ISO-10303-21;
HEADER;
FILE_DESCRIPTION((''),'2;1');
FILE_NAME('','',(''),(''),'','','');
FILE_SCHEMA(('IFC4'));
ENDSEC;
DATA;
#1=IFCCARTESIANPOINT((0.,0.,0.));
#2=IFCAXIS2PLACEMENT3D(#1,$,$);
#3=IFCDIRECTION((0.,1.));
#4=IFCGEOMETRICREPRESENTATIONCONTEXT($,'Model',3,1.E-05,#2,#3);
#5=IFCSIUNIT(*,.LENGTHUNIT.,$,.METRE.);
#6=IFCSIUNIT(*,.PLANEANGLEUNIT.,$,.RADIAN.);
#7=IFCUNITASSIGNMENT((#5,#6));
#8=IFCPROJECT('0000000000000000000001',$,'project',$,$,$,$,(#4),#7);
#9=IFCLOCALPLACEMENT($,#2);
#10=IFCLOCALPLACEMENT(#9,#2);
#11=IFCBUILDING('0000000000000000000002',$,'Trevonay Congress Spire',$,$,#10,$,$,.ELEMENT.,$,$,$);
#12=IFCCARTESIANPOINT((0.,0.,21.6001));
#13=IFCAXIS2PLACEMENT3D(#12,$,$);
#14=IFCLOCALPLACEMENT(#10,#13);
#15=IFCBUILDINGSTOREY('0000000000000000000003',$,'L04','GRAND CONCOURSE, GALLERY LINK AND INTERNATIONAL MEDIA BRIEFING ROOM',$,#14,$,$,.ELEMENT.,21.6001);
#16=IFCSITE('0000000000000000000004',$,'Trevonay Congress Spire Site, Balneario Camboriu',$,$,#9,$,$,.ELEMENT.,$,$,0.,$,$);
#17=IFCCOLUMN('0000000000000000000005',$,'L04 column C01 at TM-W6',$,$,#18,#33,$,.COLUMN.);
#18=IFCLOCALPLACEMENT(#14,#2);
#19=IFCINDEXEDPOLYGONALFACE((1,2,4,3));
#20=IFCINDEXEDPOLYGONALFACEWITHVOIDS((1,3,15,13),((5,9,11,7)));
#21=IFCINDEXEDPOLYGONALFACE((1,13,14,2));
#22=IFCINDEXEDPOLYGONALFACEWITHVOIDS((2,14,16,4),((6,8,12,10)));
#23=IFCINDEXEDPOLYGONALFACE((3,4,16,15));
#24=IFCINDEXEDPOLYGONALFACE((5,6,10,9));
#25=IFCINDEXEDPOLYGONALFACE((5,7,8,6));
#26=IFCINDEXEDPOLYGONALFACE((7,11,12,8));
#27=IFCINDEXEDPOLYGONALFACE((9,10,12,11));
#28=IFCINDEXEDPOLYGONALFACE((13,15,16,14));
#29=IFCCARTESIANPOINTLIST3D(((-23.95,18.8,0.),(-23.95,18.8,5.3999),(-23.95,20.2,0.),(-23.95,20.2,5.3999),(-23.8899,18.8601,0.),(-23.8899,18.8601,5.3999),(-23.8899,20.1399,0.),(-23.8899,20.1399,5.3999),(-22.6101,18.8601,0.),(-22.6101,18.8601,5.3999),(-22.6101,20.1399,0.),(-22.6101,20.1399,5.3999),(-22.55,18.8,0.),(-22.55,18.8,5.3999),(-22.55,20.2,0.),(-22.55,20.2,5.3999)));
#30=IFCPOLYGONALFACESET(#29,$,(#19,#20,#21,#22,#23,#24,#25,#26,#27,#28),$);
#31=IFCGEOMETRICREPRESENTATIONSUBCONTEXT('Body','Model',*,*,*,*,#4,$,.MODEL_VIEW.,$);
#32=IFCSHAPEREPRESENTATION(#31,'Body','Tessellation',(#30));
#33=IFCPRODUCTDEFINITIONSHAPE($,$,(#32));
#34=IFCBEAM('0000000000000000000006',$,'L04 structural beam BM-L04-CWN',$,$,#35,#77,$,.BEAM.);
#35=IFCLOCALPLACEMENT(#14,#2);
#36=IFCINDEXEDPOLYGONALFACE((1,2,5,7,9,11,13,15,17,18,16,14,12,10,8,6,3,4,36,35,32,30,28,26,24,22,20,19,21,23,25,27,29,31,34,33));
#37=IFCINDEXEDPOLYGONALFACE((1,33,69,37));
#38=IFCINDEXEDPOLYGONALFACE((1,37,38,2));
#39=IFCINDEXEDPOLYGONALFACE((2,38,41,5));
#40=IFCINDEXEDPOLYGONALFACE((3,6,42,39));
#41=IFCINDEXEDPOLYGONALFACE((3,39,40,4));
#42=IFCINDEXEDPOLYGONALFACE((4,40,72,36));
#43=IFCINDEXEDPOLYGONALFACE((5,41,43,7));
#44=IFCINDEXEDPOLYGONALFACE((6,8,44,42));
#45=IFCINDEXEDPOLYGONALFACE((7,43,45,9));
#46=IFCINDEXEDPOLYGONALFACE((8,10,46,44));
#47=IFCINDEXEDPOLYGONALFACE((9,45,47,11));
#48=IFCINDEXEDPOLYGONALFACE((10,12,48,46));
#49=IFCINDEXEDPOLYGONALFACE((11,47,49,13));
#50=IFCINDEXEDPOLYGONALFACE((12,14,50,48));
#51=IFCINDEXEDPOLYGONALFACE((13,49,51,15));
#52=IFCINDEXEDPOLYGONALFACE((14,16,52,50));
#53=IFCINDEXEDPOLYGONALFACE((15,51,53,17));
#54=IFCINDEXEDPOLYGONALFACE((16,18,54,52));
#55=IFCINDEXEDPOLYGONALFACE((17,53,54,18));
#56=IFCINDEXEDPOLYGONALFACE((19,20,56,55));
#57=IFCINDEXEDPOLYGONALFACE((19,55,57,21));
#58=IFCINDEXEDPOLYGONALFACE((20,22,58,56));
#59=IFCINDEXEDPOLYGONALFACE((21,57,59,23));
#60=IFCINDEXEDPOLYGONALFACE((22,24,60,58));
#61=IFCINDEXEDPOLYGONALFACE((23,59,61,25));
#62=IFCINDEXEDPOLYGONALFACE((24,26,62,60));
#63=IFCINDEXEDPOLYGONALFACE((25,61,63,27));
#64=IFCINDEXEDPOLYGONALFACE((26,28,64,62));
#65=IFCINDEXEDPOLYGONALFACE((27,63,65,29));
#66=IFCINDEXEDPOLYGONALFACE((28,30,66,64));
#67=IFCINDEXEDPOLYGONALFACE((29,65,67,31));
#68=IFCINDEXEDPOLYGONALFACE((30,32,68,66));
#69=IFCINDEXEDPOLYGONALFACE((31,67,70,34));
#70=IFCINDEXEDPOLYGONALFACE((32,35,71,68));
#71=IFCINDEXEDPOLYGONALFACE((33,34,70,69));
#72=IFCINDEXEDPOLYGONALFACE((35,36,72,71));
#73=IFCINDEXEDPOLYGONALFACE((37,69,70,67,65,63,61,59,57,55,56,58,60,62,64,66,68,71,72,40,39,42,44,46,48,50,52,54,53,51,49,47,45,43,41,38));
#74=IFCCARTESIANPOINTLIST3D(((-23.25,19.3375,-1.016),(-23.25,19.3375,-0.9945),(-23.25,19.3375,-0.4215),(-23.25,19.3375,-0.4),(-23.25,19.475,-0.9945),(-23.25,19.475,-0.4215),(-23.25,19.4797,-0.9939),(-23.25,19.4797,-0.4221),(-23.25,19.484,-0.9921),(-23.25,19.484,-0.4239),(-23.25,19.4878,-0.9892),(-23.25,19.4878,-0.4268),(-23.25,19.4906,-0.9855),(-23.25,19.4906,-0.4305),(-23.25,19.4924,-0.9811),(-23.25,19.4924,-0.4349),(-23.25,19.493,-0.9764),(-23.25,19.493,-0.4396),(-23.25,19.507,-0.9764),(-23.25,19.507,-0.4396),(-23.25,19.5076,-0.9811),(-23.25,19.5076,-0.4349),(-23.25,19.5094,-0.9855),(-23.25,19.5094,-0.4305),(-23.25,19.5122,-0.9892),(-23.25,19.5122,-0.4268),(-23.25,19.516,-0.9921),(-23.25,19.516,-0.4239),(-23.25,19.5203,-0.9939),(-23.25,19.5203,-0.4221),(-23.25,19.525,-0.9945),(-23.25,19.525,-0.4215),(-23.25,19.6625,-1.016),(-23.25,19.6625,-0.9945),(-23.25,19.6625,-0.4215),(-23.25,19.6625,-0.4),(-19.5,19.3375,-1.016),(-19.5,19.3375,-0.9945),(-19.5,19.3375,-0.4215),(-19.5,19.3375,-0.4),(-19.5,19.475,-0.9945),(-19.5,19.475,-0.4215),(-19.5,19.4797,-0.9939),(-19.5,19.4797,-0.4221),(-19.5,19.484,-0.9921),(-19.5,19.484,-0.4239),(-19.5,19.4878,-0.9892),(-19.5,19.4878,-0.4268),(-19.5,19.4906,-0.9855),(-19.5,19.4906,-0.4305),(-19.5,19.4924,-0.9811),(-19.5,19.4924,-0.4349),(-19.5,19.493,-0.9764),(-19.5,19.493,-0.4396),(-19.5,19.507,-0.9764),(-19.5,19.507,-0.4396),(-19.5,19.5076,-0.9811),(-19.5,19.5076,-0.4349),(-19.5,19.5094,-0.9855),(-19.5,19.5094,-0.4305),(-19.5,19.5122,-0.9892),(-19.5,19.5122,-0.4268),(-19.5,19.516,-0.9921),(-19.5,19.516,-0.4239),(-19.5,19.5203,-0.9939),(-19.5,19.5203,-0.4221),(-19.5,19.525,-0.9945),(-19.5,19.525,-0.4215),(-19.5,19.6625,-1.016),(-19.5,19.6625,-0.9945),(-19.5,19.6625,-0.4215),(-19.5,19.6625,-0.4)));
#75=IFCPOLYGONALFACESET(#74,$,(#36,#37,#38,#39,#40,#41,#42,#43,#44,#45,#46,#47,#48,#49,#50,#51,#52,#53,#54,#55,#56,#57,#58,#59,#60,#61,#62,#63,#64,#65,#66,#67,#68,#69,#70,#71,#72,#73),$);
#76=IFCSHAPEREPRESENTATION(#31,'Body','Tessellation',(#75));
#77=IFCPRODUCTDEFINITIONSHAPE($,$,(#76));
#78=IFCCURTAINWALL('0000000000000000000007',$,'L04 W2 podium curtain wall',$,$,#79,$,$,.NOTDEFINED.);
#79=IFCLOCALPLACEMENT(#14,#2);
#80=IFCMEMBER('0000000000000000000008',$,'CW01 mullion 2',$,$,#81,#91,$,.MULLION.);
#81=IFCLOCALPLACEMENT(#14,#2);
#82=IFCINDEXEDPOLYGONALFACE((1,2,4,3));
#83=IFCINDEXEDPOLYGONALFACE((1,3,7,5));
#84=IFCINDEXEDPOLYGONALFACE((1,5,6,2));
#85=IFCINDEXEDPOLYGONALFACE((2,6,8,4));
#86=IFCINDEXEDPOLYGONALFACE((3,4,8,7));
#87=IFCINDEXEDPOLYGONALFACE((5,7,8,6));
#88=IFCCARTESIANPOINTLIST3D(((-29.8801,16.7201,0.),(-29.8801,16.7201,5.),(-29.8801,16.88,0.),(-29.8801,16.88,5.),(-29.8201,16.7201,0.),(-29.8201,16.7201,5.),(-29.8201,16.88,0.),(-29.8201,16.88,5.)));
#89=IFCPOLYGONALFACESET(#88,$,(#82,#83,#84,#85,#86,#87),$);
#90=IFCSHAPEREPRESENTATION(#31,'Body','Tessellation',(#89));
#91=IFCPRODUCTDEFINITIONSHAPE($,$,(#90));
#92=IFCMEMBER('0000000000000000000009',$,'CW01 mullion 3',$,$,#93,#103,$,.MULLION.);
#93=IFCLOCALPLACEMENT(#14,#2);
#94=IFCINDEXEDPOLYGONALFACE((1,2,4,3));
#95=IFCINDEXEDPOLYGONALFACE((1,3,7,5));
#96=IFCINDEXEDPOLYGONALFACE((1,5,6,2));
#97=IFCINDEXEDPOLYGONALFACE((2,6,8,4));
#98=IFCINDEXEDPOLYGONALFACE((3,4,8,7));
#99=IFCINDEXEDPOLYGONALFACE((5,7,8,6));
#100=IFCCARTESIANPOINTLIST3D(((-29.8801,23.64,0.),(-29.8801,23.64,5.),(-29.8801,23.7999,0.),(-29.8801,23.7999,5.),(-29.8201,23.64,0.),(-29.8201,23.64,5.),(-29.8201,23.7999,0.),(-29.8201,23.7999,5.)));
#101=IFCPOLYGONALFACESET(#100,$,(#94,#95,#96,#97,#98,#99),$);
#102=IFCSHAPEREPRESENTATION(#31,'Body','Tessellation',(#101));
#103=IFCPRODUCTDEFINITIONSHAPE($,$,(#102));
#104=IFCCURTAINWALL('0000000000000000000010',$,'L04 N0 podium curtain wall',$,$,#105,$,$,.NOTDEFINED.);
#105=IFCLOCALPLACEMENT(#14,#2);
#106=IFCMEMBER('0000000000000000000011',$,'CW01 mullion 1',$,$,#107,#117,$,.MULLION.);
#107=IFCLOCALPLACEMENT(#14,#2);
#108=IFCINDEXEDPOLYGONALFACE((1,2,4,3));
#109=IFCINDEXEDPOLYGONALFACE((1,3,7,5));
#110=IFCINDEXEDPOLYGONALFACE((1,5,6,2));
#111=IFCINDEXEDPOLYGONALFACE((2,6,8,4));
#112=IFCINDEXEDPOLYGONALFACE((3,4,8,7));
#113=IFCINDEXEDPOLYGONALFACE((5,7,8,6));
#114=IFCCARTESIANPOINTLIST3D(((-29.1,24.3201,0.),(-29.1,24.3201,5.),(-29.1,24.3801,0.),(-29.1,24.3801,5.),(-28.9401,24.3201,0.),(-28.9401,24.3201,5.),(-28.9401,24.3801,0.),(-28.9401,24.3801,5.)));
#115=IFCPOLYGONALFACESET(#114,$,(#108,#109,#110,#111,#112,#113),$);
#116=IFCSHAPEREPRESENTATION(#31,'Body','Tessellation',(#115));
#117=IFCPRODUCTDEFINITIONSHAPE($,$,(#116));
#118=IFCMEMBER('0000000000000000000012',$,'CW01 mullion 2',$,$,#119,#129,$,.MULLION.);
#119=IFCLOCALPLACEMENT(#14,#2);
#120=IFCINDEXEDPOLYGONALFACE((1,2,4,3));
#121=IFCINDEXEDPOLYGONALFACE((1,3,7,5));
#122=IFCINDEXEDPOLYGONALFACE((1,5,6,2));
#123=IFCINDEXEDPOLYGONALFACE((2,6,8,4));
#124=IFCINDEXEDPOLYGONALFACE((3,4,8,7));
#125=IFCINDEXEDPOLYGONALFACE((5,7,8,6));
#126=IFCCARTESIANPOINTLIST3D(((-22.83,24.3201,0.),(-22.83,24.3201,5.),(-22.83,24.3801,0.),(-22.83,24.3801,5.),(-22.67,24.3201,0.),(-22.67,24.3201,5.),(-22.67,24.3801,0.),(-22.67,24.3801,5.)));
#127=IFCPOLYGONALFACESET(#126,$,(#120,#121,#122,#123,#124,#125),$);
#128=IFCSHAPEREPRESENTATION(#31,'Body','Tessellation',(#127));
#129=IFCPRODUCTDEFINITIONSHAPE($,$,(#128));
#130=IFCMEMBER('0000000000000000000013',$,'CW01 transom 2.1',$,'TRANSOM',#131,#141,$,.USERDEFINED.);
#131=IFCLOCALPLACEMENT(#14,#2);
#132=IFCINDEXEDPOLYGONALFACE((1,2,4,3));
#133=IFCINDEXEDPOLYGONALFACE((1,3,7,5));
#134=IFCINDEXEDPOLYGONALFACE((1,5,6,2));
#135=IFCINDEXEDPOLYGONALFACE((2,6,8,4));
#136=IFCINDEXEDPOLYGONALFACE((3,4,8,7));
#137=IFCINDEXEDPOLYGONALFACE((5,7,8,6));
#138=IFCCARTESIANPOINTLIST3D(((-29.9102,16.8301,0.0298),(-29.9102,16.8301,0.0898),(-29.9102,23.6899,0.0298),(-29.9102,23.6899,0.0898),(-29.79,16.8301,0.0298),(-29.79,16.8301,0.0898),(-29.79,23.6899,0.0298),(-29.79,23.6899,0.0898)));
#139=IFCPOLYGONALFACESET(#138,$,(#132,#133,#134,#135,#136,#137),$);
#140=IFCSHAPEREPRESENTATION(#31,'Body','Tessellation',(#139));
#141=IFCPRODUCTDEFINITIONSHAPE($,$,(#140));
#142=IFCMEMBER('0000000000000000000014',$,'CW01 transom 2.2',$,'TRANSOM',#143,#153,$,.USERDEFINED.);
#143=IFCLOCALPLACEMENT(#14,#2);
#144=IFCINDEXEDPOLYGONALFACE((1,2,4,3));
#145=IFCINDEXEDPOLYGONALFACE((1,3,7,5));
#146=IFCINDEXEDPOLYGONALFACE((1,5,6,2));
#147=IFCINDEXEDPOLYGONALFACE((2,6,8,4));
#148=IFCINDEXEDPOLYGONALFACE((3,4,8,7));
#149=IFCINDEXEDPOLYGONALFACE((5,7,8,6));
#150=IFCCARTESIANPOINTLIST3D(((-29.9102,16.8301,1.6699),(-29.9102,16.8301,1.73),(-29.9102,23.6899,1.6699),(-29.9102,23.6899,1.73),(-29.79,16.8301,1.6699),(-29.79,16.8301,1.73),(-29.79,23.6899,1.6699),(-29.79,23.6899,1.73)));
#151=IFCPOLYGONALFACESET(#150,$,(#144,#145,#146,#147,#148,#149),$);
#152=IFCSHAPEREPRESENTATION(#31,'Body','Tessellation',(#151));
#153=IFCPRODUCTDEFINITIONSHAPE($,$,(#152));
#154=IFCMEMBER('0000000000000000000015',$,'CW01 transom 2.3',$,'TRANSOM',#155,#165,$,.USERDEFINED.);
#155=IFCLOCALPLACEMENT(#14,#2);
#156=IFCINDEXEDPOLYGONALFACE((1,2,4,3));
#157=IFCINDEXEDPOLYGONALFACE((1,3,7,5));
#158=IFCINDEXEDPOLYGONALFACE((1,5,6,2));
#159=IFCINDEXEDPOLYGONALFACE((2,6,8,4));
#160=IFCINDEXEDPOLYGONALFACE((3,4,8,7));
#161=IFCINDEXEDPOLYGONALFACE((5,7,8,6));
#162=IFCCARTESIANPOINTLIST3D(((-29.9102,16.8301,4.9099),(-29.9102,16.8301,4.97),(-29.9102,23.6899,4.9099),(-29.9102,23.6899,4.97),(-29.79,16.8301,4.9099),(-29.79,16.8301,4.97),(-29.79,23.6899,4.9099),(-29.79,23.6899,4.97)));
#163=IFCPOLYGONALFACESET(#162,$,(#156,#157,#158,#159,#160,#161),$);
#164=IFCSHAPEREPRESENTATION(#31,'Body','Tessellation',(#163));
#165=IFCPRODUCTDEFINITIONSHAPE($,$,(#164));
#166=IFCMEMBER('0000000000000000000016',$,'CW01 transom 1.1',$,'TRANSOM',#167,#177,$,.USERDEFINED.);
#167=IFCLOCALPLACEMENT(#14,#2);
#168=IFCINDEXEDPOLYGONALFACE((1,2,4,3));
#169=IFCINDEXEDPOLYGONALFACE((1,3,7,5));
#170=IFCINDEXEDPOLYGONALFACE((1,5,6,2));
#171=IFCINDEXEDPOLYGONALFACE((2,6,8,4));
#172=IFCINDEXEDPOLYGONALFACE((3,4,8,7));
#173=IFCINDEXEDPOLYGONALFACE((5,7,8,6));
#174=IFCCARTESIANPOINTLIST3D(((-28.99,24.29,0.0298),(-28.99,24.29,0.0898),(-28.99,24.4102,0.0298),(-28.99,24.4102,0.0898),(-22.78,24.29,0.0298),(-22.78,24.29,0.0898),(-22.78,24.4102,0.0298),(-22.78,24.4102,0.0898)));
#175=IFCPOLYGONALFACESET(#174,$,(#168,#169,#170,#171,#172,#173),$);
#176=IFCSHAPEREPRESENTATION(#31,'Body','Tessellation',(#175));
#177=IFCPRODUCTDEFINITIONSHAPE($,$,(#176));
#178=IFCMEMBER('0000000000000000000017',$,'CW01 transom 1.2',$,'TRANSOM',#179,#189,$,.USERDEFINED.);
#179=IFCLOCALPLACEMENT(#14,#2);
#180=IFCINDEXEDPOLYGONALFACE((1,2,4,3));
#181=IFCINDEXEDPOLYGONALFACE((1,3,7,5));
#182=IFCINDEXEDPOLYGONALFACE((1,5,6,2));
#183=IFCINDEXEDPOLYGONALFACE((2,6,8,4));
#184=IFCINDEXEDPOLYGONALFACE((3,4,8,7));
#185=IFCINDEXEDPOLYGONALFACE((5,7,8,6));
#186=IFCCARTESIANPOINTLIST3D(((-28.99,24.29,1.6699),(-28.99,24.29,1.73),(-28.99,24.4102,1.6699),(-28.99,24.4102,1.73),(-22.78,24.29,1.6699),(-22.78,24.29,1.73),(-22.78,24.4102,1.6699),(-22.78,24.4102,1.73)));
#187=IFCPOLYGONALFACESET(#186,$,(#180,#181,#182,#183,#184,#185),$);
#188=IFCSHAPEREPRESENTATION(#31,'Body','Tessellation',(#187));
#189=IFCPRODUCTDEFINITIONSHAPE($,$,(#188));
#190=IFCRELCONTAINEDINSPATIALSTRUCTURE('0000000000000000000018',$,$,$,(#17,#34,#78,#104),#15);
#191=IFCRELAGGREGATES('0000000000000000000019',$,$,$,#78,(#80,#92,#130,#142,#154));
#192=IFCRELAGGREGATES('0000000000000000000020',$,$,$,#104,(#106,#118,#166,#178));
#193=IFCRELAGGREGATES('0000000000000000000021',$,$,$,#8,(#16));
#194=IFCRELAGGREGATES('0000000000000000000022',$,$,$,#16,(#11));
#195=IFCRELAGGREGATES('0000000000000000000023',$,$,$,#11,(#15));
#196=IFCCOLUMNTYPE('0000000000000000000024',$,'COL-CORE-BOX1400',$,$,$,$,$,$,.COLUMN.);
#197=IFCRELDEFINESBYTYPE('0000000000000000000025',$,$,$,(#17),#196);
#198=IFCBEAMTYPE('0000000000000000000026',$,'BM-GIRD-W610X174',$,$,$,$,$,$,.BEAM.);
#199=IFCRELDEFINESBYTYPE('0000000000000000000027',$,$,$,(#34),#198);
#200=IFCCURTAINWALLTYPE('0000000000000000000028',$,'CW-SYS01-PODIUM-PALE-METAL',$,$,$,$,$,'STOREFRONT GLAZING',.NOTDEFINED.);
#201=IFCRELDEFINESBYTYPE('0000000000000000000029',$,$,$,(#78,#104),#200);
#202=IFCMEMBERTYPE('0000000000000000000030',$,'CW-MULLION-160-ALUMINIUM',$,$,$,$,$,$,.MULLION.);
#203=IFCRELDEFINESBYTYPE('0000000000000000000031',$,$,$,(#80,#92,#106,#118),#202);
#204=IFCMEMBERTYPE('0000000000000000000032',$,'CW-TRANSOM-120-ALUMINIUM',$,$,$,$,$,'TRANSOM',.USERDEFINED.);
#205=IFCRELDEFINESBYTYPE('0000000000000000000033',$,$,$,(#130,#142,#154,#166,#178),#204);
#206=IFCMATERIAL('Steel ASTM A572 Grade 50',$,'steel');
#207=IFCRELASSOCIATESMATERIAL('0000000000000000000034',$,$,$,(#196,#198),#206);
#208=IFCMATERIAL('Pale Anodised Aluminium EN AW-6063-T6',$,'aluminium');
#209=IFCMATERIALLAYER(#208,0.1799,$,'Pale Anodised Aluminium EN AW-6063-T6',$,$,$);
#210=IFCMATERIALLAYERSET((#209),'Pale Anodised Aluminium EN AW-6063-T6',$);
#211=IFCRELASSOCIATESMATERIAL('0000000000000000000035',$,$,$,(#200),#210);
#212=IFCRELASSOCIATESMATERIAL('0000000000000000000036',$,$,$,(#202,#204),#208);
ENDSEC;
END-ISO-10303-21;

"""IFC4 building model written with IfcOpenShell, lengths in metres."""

from ifc_helpers import new_model, si_unit, direction, frame, origin, origin_2d, place, context, subcontext, project, spatial, rectangle, hollow_rectangle, i_section, extrude, material, layer, layer_set, material_profile, profile_set, type_object, element, aggregate, save


model = new_model("IFC4")

# Units and contexts
model_context = context("Model", 3, precision=1e-05, world=origin(), true_north=direction((0.0, 1.0)))
body_context = subcontext(model_context, "Body", "Model", "MODEL_VIEW")
ifc_project = project(units=[si_unit("LENGTHUNIT", "METRE"), si_unit("PLANEANGLEUNIT", "RADIAN")], contexts=[model_context])

# Site, building, storey
site_placement = place(None, origin())
site = spatial("IfcSite", under=ifc_project, at=site_placement, Name="Trevonay Congress Spire Site, Balneario Camboriu", CompositionType="ELEMENT", RefElevation=0.0)
building_placement = place(site_placement, origin())
building = spatial("IfcBuilding", under=site, at=building_placement, Name="Trevonay Congress Spire", CompositionType="ELEMENT")
storey_placement = place(building_placement, frame((0.0, 0.0, 21.6001)))
storey = spatial("IfcBuildingStorey", under=building, at=storey_placement, Name="L04", Description="GRAND CONCOURSE, GALLERY LINK AND INTERNATIONAL MEDIA BRIEFING ROOM", CompositionType="ELEMENT", Elevation=21.6001)

# Column
ifc_material_1 = material(Name="Steel ASTM A572 Grade 50", Category="steel")
ifc_material_profile_1 = material_profile(ifc_material_1, hollow_rectangle(XDim=1.3999, YDim=1.3999, WallThickness=0.0601, at=origin_2d()), Name="BOX 1400x1400x60")
ifc_profile_set_1 = profile_set([ifc_material_profile_1], Name="Steel ASTM A572 Grade 50")
column_type = type_object("IfcColumnType", Name="COL-CORE-BOX1400", PredefinedType="COLUMN", material=ifc_profile_set_1)
column_placement = place(storey_placement, frame((-23.25, 19.5, 0.0), z_axis=(0.0, 0.0, 1.0), x_axis=(1.0, 0.0, 0.0)))
element("IfcColumn", 1, at=column_placement, inside=storey, type_object=column_type, Name="L04 column C01 at TM-W6", PredefinedType="COLUMN", context=body_context, shape_type="SweptSolid", body=[
    extrude(hollow_rectangle(XDim=1.3999, YDim=1.3999, WallThickness=0.0601, at=origin_2d()), origin(), (0.0, 0.0, 1.0), 5.3999),
])

# Beam
ifc_material_profile_2 = material_profile(ifc_material_1, i_section(OverallWidth=0.325, OverallDepth=0.616, WebThickness=0.0139, FlangeThickness=0.0215, FilletRadius=0.0181, at=origin_2d()), Name="W610x174")
ifc_profile_set_2 = profile_set([ifc_material_profile_2], Name="Steel ASTM A572 Grade 50")
beam_type = type_object("IfcBeamType", Name="BM-GIRD-W610X174", PredefinedType="BEAM", material=ifc_profile_set_2)
beam_placement = place(storey_placement, frame((-23.25, 19.5, -0.708), z_axis=(1.0, 0.0, 0.0), x_axis=(0.0, 1.0, 0.0)))
element("IfcBeam", 2, at=beam_placement, inside=storey, type_object=beam_type, Name="L04 structural beam BM-L04-CWN", PredefinedType="BEAM", context=body_context, shape_type="SweptSolid", body=[
    extrude(i_section(OverallWidth=0.325, OverallDepth=0.616, WebThickness=0.0139, FlangeThickness=0.0215, FilletRadius=0.0181, at=origin_2d()), origin(), (0.0, 0.0, 1.0), 3.75),
])

# Curtain walls, members
ifc_material_2 = material(Name="Pale Anodised Aluminium EN AW-6063-T6", Category="aluminium")
ifc_layer_1 = layer(ifc_material_2, 0.1799, Name="Pale Anodised Aluminium EN AW-6063-T6")
ifc_layer_set_1 = layer_set([ifc_layer_1], Name="Pale Anodised Aluminium EN AW-6063-T6")
curtain_wall_type = type_object("IfcCurtainWallType", Name="CW-SYS01-PODIUM-PALE-METAL", ElementType="STOREFRONT GLAZING", PredefinedType="NOTDEFINED", material=ifc_layer_set_1)
curtain_wall_1_placement = place(storey_placement, origin())
curtain_wall_1 = element("IfcCurtainWall", 3, at=curtain_wall_1_placement, inside=storey, type_object=curtain_wall_type, Name="L04 W2 podium curtain wall", PredefinedType="NOTDEFINED")
ifc_material_profile_3 = material_profile(ifc_material_2, rectangle(XDim=0.0601, YDim=0.1599, at=origin_2d()), Name="CW-MULLION-160-ALUMINIUM")
ifc_profile_set_3 = profile_set([ifc_material_profile_3], Name="Pale Anodised Aluminium EN AW-6063-T6")
member_type_1 = type_object("IfcMemberType", Name="CW-MULLION-160-ALUMINIUM", PredefinedType="MULLION", material=ifc_profile_set_3)
member_1_placement = place(storey_placement, frame((-29.8501, 16.8, 0.0), z_axis=(0.0, 0.0, 1.0), x_axis=(-1.0, 0.0, 0.0)))
member_1 = element("IfcMember", 4, at=member_1_placement, type_object=member_type_1, Name="CW01 mullion 2", PredefinedType="MULLION", context=body_context, shape_type="SweptSolid", body=[
    extrude(rectangle(XDim=0.0601, YDim=0.1599, at=origin_2d()), origin(), (0.0, 0.0, 1.0), 5.0),
])
member_2_placement = place(storey_placement, frame((-29.8501, 23.72, 0.0), z_axis=(0.0, 0.0, 1.0), x_axis=(-1.0, 0.0, 0.0)))
member_2 = element("IfcMember", 5, at=member_2_placement, type_object=member_type_1, Name="CW01 mullion 3", PredefinedType="MULLION", context=body_context, shape_type="SweptSolid", body=[
    extrude(rectangle(XDim=0.0601, YDim=0.1599, at=origin_2d()), origin(), (0.0, 0.0, 1.0), 5.0),
])
curtain_wall_2_placement = place(storey_placement, origin())
curtain_wall_2 = element("IfcCurtainWall", 6, at=curtain_wall_2_placement, inside=storey, type_object=curtain_wall_type, Name="L04 N0 podium curtain wall", PredefinedType="NOTDEFINED")
member_3_placement = place(storey_placement, frame((-29.02, 24.3501, 0.0), z_axis=(0.0, 0.0, 1.0), x_axis=(0.0, 1.0, 0.0)))
member_3 = element("IfcMember", 7, at=member_3_placement, type_object=member_type_1, Name="CW01 mullion 1", PredefinedType="MULLION", context=body_context, shape_type="SweptSolid", body=[
    extrude(rectangle(XDim=0.0601, YDim=0.1599, at=origin_2d()), origin(), (0.0, 0.0, 1.0), 5.0),
])
member_4_placement = place(storey_placement, frame((-22.75, 24.3501, 0.0), z_axis=(0.0, 0.0, 1.0), x_axis=(0.0, 1.0, 0.0)))
member_4 = element("IfcMember", 8, at=member_4_placement, type_object=member_type_1, Name="CW01 mullion 2", PredefinedType="MULLION", context=body_context, shape_type="SweptSolid", body=[
    extrude(rectangle(XDim=0.0601, YDim=0.1599, at=origin_2d()), origin(), (0.0, 0.0, 1.0), 5.0),
])

# Members
ifc_material_profile_4 = material_profile(ifc_material_2, rectangle(XDim=0.1201, YDim=0.0601, at=origin_2d()), Name="CW-TRANSOM-120-ALUMINIUM")
ifc_profile_set_4 = profile_set([ifc_material_profile_4], Name="Pale Anodised Aluminium EN AW-6063-T6")
member_type_2 = type_object("IfcMemberType", Name="CW-TRANSOM-120-ALUMINIUM", ElementType="TRANSOM", PredefinedType="USERDEFINED", material=ifc_profile_set_4)
member_5_placement = place(storey_placement, frame((-29.8501, 16.8301, 0.0598), z_axis=(0.0, 1.0, 0.0), x_axis=(-1.0, 0.0, 0.0)))
member_5 = element("IfcMember", 9, at=member_5_placement, type_object=member_type_2, Name="CW01 transom 2.1", ObjectType="TRANSOM", PredefinedType="USERDEFINED", context=body_context, shape_type="SweptSolid", body=[
    extrude(rectangle(XDim=0.1201, YDim=0.0601, at=origin_2d()), origin(), (0.0, 0.0, 1.0), 6.8599),
])
member_6_placement = place(storey_placement, frame((-29.8501, 16.8301, 1.7), z_axis=(0.0, 1.0, 0.0), x_axis=(-1.0, 0.0, 0.0)))
member_6 = element("IfcMember", 10, at=member_6_placement, type_object=member_type_2, Name="CW01 transom 2.2", ObjectType="TRANSOM", PredefinedType="USERDEFINED", context=body_context, shape_type="SweptSolid", body=[
    extrude(rectangle(XDim=0.1201, YDim=0.0601, at=origin_2d()), origin(), (0.0, 0.0, 1.0), 6.8599),
])
member_7_placement = place(storey_placement, frame((-29.8501, 16.8301, 4.9399), z_axis=(0.0, 1.0, 0.0), x_axis=(-1.0, 0.0, 0.0)))
member_7 = element("IfcMember", 11, at=member_7_placement, type_object=member_type_2, Name="CW01 transom 2.3", ObjectType="TRANSOM", PredefinedType="USERDEFINED", context=body_context, shape_type="SweptSolid", body=[
    extrude(rectangle(XDim=0.1201, YDim=0.0601, at=origin_2d()), origin(), (0.0, 0.0, 1.0), 6.8599),
])
member_8_placement = place(storey_placement, frame((-28.99, 24.3501, 0.0598), z_axis=(1.0, 0.0, 0.0), x_axis=(0.0, 1.0, 0.0)))
member_8 = element("IfcMember", 12, at=member_8_placement, type_object=member_type_2, Name="CW01 transom 1.1", ObjectType="TRANSOM", PredefinedType="USERDEFINED", context=body_context, shape_type="SweptSolid", body=[
    extrude(rectangle(XDim=0.1201, YDim=0.0601, at=origin_2d()), origin(), (0.0, 0.0, 1.0), 6.21),
])
member_9_placement = place(storey_placement, frame((-28.99, 24.3501, 1.7), z_axis=(1.0, 0.0, 0.0), x_axis=(0.0, 1.0, 0.0)))
member_9 = element("IfcMember", 13, at=member_9_placement, type_object=member_type_2, Name="CW01 transom 1.2", ObjectType="TRANSOM", PredefinedType="USERDEFINED", context=body_context, shape_type="SweptSolid", body=[
    extrude(rectangle(XDim=0.1201, YDim=0.0601, at=origin_2d()), origin(), (0.0, 0.0, 1.0), 6.21),
])

aggregate(curtain_wall_1, [member_1, member_2, member_5, member_6, member_7])
aggregate(curtain_wall_2, [member_3, member_4, member_8, member_9])

save(model, "model.ifc")
